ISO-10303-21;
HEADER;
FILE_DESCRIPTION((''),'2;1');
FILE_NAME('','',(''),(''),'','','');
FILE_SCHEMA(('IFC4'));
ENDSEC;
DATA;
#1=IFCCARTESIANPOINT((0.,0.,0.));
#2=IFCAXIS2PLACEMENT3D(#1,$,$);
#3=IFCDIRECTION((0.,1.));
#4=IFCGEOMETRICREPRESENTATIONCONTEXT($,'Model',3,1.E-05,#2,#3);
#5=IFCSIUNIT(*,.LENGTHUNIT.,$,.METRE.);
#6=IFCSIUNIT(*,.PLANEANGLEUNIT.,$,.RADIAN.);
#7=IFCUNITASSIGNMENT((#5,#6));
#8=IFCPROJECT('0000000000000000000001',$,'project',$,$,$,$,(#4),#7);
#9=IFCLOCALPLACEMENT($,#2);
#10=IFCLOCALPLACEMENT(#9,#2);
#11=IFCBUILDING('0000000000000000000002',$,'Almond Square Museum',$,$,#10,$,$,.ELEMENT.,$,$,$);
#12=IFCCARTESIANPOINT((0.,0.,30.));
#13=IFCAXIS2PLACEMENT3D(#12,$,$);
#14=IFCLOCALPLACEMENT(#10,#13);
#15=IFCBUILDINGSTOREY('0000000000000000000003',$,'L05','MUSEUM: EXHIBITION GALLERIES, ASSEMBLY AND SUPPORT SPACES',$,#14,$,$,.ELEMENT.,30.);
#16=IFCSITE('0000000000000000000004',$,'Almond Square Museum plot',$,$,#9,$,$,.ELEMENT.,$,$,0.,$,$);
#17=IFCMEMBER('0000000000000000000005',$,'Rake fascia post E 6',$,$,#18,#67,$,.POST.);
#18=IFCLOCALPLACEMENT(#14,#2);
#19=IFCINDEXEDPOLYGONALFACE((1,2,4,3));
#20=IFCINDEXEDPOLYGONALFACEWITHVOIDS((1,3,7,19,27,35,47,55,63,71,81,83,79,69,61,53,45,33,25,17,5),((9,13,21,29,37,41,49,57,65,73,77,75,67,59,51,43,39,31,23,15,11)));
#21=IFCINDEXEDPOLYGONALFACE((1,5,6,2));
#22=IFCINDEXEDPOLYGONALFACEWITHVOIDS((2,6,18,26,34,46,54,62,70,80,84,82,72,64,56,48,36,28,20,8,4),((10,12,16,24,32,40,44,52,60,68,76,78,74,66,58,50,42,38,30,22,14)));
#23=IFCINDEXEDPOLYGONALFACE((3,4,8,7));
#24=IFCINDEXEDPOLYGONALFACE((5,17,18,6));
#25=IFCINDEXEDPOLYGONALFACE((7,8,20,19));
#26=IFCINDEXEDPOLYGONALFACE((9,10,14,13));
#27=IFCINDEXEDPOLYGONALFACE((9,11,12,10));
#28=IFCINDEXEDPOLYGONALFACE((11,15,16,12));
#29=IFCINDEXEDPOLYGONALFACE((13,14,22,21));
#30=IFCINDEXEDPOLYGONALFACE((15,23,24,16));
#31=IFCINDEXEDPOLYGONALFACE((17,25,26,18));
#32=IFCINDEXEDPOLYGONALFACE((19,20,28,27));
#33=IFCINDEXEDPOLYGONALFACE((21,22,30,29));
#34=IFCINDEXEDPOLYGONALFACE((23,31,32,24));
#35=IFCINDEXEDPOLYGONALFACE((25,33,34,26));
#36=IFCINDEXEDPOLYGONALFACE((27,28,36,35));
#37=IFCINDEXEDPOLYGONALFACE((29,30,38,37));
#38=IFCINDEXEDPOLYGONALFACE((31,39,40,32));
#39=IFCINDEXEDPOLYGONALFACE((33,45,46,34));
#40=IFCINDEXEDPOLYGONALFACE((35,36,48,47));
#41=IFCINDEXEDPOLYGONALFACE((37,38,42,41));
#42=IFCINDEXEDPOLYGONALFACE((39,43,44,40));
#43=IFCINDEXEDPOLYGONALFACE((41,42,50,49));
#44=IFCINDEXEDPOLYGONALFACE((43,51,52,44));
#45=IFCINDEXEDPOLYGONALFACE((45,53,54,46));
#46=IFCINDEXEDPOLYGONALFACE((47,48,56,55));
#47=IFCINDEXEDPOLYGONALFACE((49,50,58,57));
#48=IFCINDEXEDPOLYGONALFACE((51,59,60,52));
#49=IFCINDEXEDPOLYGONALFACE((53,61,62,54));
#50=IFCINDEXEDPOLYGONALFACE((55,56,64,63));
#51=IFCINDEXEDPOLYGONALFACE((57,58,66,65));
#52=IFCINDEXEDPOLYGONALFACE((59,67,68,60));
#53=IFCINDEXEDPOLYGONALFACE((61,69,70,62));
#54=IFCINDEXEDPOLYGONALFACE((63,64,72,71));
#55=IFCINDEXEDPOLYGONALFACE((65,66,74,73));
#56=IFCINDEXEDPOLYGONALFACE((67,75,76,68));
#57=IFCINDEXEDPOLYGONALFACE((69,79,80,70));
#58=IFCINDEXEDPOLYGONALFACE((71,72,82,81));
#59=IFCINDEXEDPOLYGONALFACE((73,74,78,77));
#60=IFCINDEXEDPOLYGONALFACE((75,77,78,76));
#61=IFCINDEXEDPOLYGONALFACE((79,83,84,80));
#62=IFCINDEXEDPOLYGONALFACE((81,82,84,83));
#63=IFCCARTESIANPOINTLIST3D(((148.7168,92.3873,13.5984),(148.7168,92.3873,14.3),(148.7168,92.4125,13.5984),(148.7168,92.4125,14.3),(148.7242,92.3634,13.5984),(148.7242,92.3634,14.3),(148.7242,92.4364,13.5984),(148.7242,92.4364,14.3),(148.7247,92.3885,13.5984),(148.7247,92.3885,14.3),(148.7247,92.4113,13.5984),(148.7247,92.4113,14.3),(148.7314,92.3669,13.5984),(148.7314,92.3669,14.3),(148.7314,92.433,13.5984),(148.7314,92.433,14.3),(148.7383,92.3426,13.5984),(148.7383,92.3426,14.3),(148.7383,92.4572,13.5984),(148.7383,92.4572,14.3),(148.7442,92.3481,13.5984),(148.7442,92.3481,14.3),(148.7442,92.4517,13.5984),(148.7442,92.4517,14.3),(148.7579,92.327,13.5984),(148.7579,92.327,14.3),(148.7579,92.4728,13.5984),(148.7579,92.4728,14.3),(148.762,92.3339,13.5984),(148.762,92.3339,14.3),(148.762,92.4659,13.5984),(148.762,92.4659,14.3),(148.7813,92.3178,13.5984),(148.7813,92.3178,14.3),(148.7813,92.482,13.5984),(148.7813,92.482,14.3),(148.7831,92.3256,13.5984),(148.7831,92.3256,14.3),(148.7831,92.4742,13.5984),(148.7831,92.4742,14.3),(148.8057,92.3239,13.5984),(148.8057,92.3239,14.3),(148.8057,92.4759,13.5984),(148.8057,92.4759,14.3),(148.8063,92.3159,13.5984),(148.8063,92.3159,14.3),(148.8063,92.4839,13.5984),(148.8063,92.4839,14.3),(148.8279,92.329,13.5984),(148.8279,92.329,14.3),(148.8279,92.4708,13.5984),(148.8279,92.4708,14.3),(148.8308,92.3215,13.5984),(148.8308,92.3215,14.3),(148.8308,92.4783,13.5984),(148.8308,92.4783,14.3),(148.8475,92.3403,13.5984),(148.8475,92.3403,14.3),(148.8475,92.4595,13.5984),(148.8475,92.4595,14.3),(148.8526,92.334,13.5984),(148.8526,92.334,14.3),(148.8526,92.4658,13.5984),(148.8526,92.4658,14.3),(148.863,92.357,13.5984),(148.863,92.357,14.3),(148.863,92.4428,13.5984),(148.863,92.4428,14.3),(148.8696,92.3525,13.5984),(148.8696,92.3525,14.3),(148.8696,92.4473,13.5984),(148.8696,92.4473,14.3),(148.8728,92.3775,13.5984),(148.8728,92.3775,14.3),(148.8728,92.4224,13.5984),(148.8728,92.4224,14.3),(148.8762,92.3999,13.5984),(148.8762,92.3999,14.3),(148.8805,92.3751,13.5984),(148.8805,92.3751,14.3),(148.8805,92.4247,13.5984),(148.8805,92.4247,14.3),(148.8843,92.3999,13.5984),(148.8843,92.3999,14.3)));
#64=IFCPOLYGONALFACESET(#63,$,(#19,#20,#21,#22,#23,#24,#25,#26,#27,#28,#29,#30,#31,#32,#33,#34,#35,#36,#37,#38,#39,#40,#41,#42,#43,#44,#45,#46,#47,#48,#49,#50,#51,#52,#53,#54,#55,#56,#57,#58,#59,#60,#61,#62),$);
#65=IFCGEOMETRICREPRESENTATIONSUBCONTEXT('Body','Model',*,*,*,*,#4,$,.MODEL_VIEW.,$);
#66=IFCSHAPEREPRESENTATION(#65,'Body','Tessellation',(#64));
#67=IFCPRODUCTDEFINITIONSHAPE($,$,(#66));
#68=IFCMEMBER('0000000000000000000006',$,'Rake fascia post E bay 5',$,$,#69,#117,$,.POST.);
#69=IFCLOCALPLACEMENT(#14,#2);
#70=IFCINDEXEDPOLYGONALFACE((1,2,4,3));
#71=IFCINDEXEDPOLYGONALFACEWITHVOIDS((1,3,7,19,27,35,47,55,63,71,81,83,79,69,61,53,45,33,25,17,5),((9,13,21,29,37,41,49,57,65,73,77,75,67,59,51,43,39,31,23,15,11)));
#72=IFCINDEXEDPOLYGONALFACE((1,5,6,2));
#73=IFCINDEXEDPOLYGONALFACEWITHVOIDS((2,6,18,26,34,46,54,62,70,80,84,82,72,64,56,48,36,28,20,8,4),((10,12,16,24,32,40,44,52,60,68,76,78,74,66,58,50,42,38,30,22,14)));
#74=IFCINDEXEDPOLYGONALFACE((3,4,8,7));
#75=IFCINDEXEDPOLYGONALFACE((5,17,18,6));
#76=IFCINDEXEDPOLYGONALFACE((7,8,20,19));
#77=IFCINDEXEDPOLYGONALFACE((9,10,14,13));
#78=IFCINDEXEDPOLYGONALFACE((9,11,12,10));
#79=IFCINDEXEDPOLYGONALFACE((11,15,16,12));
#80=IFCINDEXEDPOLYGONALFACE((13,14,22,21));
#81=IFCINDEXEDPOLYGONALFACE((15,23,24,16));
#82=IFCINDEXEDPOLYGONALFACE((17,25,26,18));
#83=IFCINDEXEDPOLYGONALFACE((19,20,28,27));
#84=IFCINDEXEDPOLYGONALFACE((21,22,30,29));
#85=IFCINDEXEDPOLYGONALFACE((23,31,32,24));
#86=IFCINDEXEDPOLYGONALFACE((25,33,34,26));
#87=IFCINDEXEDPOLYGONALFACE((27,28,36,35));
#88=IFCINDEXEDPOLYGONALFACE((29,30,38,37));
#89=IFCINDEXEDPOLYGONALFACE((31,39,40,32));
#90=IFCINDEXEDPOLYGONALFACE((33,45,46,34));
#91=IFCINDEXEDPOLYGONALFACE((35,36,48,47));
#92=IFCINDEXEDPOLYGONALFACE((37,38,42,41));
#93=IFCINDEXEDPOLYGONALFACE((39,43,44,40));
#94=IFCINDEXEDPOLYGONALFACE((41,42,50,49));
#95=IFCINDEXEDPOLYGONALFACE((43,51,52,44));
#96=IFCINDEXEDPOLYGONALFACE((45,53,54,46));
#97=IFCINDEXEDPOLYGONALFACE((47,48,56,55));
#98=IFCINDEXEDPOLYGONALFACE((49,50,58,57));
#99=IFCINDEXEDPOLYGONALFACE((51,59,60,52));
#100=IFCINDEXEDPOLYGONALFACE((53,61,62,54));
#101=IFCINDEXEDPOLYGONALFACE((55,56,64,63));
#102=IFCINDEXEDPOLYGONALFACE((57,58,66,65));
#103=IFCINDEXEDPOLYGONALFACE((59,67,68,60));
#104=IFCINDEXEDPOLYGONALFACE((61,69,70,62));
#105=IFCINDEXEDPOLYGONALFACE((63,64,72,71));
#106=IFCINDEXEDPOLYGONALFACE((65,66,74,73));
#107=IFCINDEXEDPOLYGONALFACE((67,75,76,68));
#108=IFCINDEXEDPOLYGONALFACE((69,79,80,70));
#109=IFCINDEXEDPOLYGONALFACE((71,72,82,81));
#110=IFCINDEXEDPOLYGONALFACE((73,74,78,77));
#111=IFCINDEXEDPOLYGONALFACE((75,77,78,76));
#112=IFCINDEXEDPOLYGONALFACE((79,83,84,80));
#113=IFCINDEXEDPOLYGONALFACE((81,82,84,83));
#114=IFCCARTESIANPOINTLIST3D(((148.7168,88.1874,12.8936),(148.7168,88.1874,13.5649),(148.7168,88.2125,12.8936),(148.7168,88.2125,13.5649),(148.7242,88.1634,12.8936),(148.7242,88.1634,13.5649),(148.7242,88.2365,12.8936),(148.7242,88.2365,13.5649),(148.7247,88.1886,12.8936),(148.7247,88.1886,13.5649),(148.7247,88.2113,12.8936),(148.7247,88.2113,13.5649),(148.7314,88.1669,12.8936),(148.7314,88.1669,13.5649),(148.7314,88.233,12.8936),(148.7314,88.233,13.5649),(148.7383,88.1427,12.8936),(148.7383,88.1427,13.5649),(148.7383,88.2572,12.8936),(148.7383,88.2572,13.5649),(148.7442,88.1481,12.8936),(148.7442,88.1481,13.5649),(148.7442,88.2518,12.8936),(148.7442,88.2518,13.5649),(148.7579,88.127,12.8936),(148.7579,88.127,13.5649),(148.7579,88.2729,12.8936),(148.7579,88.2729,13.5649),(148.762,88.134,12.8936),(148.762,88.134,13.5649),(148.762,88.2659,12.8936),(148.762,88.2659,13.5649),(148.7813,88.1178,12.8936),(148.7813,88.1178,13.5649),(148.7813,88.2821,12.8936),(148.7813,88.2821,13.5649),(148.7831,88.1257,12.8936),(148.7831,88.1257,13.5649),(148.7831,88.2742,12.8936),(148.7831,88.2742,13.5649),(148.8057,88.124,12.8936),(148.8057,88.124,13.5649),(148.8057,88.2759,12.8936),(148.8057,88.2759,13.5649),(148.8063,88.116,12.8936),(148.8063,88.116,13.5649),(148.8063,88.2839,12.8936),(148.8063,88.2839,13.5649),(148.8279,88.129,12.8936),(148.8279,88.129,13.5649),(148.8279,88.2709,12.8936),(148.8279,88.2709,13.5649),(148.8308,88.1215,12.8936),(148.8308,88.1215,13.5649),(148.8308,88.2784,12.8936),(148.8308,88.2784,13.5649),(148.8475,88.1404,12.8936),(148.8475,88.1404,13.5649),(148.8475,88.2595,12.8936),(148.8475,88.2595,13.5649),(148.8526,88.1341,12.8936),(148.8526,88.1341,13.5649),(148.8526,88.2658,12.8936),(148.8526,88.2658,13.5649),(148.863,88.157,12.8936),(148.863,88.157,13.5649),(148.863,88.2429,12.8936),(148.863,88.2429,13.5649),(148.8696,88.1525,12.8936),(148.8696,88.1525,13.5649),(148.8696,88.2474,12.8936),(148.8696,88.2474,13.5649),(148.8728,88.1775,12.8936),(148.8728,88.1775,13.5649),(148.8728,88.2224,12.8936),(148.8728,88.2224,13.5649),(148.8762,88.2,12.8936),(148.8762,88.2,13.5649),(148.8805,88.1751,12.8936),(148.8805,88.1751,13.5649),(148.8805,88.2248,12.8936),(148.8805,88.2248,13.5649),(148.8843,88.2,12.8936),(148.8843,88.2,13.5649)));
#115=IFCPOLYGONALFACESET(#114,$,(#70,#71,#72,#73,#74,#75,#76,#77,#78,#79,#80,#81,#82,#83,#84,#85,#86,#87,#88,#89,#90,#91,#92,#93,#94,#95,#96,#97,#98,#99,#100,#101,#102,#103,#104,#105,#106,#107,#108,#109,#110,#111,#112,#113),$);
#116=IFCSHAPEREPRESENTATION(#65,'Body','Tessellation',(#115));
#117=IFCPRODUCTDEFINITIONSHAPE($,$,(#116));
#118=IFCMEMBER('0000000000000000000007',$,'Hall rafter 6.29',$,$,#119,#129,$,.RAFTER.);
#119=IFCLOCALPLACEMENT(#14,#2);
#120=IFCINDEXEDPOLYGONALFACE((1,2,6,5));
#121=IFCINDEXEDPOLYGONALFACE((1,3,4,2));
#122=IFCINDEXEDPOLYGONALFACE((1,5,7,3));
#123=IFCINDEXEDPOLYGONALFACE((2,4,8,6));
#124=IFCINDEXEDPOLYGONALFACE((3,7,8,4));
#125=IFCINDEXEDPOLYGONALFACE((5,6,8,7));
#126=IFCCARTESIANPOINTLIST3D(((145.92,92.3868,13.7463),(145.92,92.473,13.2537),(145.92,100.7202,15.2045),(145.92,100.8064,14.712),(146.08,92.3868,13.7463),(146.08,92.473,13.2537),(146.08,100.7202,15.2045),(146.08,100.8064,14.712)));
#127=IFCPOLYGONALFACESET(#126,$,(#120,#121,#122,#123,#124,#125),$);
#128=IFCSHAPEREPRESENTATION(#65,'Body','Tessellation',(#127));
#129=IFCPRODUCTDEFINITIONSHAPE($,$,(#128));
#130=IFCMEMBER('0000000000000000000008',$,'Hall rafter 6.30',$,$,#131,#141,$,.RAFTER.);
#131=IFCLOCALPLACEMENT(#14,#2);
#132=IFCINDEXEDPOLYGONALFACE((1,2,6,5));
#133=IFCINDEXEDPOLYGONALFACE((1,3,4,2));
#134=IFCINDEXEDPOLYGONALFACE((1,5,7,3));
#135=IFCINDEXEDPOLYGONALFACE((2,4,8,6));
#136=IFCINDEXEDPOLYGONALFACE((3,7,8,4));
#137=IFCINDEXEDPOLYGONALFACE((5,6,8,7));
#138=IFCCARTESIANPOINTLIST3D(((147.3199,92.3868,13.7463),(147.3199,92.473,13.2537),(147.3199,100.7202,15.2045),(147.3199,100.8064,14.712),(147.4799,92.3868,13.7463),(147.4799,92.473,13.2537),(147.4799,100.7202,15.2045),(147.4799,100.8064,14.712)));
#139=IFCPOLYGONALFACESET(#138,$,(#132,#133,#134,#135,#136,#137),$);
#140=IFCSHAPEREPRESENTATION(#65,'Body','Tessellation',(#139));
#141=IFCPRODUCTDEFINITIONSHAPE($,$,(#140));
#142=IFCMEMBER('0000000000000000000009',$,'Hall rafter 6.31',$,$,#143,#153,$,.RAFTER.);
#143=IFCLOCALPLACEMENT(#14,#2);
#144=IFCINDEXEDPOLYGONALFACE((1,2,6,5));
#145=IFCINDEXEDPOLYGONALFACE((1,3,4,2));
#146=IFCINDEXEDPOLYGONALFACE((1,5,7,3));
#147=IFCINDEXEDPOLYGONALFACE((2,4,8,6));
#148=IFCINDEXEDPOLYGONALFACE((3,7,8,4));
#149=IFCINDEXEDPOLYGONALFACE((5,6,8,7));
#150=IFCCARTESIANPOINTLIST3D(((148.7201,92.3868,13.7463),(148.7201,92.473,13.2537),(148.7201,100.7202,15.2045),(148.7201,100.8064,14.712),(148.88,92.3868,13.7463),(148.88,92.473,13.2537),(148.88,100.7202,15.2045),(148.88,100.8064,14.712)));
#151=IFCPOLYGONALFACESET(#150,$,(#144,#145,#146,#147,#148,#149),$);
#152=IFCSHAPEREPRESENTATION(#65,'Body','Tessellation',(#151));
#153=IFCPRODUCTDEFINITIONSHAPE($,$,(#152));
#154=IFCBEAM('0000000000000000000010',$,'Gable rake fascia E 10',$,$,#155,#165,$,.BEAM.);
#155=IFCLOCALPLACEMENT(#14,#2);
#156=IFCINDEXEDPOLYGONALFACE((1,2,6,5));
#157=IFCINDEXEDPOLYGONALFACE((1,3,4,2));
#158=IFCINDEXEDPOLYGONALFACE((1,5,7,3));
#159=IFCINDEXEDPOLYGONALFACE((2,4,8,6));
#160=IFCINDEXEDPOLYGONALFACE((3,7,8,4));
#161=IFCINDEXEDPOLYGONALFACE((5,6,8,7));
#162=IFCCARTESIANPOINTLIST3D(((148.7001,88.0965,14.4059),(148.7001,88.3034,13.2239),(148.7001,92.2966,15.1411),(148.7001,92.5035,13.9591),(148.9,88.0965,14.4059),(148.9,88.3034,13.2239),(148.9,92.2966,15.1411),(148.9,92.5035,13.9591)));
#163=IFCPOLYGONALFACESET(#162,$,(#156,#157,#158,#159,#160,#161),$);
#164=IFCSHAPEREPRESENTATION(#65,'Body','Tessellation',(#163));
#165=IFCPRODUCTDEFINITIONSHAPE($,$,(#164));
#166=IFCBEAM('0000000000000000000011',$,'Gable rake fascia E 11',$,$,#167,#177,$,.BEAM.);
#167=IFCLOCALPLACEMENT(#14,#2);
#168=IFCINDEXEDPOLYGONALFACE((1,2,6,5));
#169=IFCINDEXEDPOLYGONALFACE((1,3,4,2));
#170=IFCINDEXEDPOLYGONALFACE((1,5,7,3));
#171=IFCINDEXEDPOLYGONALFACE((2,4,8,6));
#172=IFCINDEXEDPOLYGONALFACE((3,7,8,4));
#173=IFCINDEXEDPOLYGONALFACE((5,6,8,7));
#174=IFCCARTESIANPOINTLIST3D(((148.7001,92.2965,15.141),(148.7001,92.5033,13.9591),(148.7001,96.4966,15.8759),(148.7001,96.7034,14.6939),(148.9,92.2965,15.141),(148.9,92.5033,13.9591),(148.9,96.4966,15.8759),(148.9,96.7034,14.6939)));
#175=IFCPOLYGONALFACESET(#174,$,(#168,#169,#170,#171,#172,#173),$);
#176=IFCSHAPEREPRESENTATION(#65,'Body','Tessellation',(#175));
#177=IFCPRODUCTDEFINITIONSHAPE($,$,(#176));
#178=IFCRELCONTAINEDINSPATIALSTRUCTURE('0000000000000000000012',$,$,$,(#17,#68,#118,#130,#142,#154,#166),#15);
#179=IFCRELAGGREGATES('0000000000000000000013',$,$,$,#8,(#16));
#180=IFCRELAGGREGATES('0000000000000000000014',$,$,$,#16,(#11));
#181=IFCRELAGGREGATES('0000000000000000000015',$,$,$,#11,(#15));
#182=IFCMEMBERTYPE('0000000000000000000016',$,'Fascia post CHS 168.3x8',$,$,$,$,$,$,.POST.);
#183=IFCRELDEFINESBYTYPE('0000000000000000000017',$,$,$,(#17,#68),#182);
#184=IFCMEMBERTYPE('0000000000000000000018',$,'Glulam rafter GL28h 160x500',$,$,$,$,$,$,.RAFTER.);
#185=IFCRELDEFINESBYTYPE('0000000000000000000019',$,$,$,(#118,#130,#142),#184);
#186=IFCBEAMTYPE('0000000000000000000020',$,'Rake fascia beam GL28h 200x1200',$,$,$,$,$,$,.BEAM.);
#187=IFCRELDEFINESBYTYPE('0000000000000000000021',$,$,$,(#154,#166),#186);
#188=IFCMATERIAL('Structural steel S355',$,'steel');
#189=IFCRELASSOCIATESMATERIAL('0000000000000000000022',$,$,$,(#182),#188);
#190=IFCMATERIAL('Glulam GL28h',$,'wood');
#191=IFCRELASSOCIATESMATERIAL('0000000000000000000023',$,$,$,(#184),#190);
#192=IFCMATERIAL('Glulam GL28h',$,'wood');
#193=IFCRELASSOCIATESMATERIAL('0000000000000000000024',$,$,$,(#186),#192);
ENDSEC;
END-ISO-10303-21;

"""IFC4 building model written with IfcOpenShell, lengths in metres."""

from ifc_helpers import new_model, si_unit, direction, frame, origin, origin_2d, place, context, subcontext, project, spatial, rectangle, hollow_circle, extrude, material, material_profile, profile_set, type_object, element, save


model = new_model("IFC4")

# Units and contexts
model_context = context("Model", 3, precision=1e-05, world=origin(), true_north=direction((0.0, 1.0)))
body_context = subcontext(model_context, "Body", "Model", "MODEL_VIEW")
ifc_project = project(units=[si_unit("LENGTHUNIT", "METRE"), si_unit("PLANEANGLEUNIT", "RADIAN")], contexts=[model_context])

# Site, building, storey
site_placement = place(None, origin())
site = spatial("IfcSite", under=ifc_project, at=site_placement, Name="Almond Square Museum plot", CompositionType="ELEMENT", RefElevation=0.0)
building_placement = place(site_placement, origin())
building = spatial("IfcBuilding", under=site, at=building_placement, Name="Almond Square Museum", CompositionType="ELEMENT")
storey_placement = place(building_placement, frame((0.0, 0.0, 30.0)))
storey = spatial("IfcBuildingStorey", under=building, at=storey_placement, Name="L05", Description="MUSEUM: EXHIBITION GALLERIES, ASSEMBLY AND SUPPORT SPACES", CompositionType="ELEMENT", Elevation=30.0)

# Members
ifc_material_1 = material(Name="Structural steel S355", Category="steel")
ifc_material_profile_1 = material_profile(ifc_material_1, hollow_circle(Radius=0.0842, WallThickness=0.0081, at=origin_2d()))
ifc_profile_set_1 = profile_set([ifc_material_profile_1], Name="Structural steel S355")
member_type_1 = type_object("IfcMemberType", Name="Fascia post CHS 168.3x8", PredefinedType="POST", material=ifc_profile_set_1)
member_1_placement = place(storey_placement, frame((148.8, 92.3999, 13.5984), z_axis=(0.0, 0.0, 1.0), x_axis=(1.0, 0.0, 0.0)))
element("IfcMember", 1, at=member_1_placement, inside=storey, type_object=member_type_1, Name="Rake fascia post E 6", PredefinedType="POST", context=body_context, shape_type="SweptSolid", body=[
    extrude(hollow_circle(Radius=0.0842, WallThickness=0.0081, at=origin_2d()), origin(), (0.0, 0.0, 1.0), 0.7017),
])
member_2_placement = place(storey_placement, frame((148.8, 88.2, 12.8936), z_axis=(0.0, 0.0, 1.0), x_axis=(1.0, 0.0, 0.0)))
element("IfcMember", 2, at=member_2_placement, inside=storey, type_object=member_type_1, Name="Rake fascia post E bay 5", PredefinedType="POST", context=body_context, shape_type="SweptSolid", body=[
    extrude(hollow_circle(Radius=0.0842, WallThickness=0.0081, at=origin_2d()), origin(), (0.0, 0.0, 1.0), 0.6714),
])
ifc_material_2 = material(Name="Glulam GL28h", Category="wood")
ifc_material_profile_2 = material_profile(ifc_material_2, rectangle(XDim=0.1599, YDim=0.5, at=origin_2d()))
ifc_profile_set_2 = profile_set([ifc_material_profile_2], Name="Glulam GL28h")
member_type_2 = type_object("IfcMemberType", Name="Glulam rafter GL28h 160x500", PredefinedType="RAFTER", material=ifc_profile_set_2)
for number, where, z_axis, x_axis, name in (
    (3, (146.0, 92.4299, 13.5), (0.0, 0.985032, 0.172373), (-1.0, 0.0, 0.0), "Hall rafter 6.29"),
    (4, (147.3999, 92.4299, 13.5), (0.0, 0.985032, 0.172373), (-1.0, 0.0, 0.0), "Hall rafter 6.30"),
    (5, (148.8, 92.4299, 13.5), (0.0, 0.985032, 0.172373), (-1.0, 0.0, 0.0), "Hall rafter 6.31"),
):
    element("IfcMember", number, at=place(storey_placement, frame(where, z_axis=z_axis, x_axis=x_axis)), inside=storey, type_object=member_type_2, Name=name, PredefinedType="RAFTER", context=body_context, shape_type="SweptSolid", body=[
        extrude(rectangle(XDim=0.1599, YDim=0.5, at=origin_2d()), origin(), (0.0, 0.0, 1.0), 8.46),
    ])

# Beams
ifc_material_3 = material(Name="Glulam GL28h", Category="wood")
ifc_material_profile_3 = material_profile(ifc_material_3, rectangle(XDim=0.2, YDim=1.2, at=origin_2d()))
ifc_profile_set_3 = profile_set([ifc_material_profile_3], Name="Glulam GL28h")
beam_type = type_object("IfcBeamType", Name="Rake fascia beam GL28h 200x1200", PredefinedType="BEAM", material=ifc_profile_set_3)
for number, where, z_axis, x_axis, name in (
    (6, (148.8, 88.2, 13.8149), (0.0, 0.985026, 0.172407), (-1.0, 0.0, 0.0), "Gable rake fascia E 10"),
    (7, (148.8, 92.3999, 14.55), (0.0, 0.985037, 0.172341), (-1.0, 0.0, 0.0), "Gable rake fascia E 11"),
):
    element("IfcBeam", number, at=place(storey_placement, frame(where, z_axis=z_axis, x_axis=x_axis)), inside=storey, type_object=beam_type, Name=name, PredefinedType="BEAM", context=body_context, shape_type="SweptSolid", body=[
        extrude(rectangle(XDim=0.2, YDim=1.2, at=origin_2d()), origin(), (0.0, 0.0, 1.0), 4.2639),
    ])

save(model, "model.ifc")
